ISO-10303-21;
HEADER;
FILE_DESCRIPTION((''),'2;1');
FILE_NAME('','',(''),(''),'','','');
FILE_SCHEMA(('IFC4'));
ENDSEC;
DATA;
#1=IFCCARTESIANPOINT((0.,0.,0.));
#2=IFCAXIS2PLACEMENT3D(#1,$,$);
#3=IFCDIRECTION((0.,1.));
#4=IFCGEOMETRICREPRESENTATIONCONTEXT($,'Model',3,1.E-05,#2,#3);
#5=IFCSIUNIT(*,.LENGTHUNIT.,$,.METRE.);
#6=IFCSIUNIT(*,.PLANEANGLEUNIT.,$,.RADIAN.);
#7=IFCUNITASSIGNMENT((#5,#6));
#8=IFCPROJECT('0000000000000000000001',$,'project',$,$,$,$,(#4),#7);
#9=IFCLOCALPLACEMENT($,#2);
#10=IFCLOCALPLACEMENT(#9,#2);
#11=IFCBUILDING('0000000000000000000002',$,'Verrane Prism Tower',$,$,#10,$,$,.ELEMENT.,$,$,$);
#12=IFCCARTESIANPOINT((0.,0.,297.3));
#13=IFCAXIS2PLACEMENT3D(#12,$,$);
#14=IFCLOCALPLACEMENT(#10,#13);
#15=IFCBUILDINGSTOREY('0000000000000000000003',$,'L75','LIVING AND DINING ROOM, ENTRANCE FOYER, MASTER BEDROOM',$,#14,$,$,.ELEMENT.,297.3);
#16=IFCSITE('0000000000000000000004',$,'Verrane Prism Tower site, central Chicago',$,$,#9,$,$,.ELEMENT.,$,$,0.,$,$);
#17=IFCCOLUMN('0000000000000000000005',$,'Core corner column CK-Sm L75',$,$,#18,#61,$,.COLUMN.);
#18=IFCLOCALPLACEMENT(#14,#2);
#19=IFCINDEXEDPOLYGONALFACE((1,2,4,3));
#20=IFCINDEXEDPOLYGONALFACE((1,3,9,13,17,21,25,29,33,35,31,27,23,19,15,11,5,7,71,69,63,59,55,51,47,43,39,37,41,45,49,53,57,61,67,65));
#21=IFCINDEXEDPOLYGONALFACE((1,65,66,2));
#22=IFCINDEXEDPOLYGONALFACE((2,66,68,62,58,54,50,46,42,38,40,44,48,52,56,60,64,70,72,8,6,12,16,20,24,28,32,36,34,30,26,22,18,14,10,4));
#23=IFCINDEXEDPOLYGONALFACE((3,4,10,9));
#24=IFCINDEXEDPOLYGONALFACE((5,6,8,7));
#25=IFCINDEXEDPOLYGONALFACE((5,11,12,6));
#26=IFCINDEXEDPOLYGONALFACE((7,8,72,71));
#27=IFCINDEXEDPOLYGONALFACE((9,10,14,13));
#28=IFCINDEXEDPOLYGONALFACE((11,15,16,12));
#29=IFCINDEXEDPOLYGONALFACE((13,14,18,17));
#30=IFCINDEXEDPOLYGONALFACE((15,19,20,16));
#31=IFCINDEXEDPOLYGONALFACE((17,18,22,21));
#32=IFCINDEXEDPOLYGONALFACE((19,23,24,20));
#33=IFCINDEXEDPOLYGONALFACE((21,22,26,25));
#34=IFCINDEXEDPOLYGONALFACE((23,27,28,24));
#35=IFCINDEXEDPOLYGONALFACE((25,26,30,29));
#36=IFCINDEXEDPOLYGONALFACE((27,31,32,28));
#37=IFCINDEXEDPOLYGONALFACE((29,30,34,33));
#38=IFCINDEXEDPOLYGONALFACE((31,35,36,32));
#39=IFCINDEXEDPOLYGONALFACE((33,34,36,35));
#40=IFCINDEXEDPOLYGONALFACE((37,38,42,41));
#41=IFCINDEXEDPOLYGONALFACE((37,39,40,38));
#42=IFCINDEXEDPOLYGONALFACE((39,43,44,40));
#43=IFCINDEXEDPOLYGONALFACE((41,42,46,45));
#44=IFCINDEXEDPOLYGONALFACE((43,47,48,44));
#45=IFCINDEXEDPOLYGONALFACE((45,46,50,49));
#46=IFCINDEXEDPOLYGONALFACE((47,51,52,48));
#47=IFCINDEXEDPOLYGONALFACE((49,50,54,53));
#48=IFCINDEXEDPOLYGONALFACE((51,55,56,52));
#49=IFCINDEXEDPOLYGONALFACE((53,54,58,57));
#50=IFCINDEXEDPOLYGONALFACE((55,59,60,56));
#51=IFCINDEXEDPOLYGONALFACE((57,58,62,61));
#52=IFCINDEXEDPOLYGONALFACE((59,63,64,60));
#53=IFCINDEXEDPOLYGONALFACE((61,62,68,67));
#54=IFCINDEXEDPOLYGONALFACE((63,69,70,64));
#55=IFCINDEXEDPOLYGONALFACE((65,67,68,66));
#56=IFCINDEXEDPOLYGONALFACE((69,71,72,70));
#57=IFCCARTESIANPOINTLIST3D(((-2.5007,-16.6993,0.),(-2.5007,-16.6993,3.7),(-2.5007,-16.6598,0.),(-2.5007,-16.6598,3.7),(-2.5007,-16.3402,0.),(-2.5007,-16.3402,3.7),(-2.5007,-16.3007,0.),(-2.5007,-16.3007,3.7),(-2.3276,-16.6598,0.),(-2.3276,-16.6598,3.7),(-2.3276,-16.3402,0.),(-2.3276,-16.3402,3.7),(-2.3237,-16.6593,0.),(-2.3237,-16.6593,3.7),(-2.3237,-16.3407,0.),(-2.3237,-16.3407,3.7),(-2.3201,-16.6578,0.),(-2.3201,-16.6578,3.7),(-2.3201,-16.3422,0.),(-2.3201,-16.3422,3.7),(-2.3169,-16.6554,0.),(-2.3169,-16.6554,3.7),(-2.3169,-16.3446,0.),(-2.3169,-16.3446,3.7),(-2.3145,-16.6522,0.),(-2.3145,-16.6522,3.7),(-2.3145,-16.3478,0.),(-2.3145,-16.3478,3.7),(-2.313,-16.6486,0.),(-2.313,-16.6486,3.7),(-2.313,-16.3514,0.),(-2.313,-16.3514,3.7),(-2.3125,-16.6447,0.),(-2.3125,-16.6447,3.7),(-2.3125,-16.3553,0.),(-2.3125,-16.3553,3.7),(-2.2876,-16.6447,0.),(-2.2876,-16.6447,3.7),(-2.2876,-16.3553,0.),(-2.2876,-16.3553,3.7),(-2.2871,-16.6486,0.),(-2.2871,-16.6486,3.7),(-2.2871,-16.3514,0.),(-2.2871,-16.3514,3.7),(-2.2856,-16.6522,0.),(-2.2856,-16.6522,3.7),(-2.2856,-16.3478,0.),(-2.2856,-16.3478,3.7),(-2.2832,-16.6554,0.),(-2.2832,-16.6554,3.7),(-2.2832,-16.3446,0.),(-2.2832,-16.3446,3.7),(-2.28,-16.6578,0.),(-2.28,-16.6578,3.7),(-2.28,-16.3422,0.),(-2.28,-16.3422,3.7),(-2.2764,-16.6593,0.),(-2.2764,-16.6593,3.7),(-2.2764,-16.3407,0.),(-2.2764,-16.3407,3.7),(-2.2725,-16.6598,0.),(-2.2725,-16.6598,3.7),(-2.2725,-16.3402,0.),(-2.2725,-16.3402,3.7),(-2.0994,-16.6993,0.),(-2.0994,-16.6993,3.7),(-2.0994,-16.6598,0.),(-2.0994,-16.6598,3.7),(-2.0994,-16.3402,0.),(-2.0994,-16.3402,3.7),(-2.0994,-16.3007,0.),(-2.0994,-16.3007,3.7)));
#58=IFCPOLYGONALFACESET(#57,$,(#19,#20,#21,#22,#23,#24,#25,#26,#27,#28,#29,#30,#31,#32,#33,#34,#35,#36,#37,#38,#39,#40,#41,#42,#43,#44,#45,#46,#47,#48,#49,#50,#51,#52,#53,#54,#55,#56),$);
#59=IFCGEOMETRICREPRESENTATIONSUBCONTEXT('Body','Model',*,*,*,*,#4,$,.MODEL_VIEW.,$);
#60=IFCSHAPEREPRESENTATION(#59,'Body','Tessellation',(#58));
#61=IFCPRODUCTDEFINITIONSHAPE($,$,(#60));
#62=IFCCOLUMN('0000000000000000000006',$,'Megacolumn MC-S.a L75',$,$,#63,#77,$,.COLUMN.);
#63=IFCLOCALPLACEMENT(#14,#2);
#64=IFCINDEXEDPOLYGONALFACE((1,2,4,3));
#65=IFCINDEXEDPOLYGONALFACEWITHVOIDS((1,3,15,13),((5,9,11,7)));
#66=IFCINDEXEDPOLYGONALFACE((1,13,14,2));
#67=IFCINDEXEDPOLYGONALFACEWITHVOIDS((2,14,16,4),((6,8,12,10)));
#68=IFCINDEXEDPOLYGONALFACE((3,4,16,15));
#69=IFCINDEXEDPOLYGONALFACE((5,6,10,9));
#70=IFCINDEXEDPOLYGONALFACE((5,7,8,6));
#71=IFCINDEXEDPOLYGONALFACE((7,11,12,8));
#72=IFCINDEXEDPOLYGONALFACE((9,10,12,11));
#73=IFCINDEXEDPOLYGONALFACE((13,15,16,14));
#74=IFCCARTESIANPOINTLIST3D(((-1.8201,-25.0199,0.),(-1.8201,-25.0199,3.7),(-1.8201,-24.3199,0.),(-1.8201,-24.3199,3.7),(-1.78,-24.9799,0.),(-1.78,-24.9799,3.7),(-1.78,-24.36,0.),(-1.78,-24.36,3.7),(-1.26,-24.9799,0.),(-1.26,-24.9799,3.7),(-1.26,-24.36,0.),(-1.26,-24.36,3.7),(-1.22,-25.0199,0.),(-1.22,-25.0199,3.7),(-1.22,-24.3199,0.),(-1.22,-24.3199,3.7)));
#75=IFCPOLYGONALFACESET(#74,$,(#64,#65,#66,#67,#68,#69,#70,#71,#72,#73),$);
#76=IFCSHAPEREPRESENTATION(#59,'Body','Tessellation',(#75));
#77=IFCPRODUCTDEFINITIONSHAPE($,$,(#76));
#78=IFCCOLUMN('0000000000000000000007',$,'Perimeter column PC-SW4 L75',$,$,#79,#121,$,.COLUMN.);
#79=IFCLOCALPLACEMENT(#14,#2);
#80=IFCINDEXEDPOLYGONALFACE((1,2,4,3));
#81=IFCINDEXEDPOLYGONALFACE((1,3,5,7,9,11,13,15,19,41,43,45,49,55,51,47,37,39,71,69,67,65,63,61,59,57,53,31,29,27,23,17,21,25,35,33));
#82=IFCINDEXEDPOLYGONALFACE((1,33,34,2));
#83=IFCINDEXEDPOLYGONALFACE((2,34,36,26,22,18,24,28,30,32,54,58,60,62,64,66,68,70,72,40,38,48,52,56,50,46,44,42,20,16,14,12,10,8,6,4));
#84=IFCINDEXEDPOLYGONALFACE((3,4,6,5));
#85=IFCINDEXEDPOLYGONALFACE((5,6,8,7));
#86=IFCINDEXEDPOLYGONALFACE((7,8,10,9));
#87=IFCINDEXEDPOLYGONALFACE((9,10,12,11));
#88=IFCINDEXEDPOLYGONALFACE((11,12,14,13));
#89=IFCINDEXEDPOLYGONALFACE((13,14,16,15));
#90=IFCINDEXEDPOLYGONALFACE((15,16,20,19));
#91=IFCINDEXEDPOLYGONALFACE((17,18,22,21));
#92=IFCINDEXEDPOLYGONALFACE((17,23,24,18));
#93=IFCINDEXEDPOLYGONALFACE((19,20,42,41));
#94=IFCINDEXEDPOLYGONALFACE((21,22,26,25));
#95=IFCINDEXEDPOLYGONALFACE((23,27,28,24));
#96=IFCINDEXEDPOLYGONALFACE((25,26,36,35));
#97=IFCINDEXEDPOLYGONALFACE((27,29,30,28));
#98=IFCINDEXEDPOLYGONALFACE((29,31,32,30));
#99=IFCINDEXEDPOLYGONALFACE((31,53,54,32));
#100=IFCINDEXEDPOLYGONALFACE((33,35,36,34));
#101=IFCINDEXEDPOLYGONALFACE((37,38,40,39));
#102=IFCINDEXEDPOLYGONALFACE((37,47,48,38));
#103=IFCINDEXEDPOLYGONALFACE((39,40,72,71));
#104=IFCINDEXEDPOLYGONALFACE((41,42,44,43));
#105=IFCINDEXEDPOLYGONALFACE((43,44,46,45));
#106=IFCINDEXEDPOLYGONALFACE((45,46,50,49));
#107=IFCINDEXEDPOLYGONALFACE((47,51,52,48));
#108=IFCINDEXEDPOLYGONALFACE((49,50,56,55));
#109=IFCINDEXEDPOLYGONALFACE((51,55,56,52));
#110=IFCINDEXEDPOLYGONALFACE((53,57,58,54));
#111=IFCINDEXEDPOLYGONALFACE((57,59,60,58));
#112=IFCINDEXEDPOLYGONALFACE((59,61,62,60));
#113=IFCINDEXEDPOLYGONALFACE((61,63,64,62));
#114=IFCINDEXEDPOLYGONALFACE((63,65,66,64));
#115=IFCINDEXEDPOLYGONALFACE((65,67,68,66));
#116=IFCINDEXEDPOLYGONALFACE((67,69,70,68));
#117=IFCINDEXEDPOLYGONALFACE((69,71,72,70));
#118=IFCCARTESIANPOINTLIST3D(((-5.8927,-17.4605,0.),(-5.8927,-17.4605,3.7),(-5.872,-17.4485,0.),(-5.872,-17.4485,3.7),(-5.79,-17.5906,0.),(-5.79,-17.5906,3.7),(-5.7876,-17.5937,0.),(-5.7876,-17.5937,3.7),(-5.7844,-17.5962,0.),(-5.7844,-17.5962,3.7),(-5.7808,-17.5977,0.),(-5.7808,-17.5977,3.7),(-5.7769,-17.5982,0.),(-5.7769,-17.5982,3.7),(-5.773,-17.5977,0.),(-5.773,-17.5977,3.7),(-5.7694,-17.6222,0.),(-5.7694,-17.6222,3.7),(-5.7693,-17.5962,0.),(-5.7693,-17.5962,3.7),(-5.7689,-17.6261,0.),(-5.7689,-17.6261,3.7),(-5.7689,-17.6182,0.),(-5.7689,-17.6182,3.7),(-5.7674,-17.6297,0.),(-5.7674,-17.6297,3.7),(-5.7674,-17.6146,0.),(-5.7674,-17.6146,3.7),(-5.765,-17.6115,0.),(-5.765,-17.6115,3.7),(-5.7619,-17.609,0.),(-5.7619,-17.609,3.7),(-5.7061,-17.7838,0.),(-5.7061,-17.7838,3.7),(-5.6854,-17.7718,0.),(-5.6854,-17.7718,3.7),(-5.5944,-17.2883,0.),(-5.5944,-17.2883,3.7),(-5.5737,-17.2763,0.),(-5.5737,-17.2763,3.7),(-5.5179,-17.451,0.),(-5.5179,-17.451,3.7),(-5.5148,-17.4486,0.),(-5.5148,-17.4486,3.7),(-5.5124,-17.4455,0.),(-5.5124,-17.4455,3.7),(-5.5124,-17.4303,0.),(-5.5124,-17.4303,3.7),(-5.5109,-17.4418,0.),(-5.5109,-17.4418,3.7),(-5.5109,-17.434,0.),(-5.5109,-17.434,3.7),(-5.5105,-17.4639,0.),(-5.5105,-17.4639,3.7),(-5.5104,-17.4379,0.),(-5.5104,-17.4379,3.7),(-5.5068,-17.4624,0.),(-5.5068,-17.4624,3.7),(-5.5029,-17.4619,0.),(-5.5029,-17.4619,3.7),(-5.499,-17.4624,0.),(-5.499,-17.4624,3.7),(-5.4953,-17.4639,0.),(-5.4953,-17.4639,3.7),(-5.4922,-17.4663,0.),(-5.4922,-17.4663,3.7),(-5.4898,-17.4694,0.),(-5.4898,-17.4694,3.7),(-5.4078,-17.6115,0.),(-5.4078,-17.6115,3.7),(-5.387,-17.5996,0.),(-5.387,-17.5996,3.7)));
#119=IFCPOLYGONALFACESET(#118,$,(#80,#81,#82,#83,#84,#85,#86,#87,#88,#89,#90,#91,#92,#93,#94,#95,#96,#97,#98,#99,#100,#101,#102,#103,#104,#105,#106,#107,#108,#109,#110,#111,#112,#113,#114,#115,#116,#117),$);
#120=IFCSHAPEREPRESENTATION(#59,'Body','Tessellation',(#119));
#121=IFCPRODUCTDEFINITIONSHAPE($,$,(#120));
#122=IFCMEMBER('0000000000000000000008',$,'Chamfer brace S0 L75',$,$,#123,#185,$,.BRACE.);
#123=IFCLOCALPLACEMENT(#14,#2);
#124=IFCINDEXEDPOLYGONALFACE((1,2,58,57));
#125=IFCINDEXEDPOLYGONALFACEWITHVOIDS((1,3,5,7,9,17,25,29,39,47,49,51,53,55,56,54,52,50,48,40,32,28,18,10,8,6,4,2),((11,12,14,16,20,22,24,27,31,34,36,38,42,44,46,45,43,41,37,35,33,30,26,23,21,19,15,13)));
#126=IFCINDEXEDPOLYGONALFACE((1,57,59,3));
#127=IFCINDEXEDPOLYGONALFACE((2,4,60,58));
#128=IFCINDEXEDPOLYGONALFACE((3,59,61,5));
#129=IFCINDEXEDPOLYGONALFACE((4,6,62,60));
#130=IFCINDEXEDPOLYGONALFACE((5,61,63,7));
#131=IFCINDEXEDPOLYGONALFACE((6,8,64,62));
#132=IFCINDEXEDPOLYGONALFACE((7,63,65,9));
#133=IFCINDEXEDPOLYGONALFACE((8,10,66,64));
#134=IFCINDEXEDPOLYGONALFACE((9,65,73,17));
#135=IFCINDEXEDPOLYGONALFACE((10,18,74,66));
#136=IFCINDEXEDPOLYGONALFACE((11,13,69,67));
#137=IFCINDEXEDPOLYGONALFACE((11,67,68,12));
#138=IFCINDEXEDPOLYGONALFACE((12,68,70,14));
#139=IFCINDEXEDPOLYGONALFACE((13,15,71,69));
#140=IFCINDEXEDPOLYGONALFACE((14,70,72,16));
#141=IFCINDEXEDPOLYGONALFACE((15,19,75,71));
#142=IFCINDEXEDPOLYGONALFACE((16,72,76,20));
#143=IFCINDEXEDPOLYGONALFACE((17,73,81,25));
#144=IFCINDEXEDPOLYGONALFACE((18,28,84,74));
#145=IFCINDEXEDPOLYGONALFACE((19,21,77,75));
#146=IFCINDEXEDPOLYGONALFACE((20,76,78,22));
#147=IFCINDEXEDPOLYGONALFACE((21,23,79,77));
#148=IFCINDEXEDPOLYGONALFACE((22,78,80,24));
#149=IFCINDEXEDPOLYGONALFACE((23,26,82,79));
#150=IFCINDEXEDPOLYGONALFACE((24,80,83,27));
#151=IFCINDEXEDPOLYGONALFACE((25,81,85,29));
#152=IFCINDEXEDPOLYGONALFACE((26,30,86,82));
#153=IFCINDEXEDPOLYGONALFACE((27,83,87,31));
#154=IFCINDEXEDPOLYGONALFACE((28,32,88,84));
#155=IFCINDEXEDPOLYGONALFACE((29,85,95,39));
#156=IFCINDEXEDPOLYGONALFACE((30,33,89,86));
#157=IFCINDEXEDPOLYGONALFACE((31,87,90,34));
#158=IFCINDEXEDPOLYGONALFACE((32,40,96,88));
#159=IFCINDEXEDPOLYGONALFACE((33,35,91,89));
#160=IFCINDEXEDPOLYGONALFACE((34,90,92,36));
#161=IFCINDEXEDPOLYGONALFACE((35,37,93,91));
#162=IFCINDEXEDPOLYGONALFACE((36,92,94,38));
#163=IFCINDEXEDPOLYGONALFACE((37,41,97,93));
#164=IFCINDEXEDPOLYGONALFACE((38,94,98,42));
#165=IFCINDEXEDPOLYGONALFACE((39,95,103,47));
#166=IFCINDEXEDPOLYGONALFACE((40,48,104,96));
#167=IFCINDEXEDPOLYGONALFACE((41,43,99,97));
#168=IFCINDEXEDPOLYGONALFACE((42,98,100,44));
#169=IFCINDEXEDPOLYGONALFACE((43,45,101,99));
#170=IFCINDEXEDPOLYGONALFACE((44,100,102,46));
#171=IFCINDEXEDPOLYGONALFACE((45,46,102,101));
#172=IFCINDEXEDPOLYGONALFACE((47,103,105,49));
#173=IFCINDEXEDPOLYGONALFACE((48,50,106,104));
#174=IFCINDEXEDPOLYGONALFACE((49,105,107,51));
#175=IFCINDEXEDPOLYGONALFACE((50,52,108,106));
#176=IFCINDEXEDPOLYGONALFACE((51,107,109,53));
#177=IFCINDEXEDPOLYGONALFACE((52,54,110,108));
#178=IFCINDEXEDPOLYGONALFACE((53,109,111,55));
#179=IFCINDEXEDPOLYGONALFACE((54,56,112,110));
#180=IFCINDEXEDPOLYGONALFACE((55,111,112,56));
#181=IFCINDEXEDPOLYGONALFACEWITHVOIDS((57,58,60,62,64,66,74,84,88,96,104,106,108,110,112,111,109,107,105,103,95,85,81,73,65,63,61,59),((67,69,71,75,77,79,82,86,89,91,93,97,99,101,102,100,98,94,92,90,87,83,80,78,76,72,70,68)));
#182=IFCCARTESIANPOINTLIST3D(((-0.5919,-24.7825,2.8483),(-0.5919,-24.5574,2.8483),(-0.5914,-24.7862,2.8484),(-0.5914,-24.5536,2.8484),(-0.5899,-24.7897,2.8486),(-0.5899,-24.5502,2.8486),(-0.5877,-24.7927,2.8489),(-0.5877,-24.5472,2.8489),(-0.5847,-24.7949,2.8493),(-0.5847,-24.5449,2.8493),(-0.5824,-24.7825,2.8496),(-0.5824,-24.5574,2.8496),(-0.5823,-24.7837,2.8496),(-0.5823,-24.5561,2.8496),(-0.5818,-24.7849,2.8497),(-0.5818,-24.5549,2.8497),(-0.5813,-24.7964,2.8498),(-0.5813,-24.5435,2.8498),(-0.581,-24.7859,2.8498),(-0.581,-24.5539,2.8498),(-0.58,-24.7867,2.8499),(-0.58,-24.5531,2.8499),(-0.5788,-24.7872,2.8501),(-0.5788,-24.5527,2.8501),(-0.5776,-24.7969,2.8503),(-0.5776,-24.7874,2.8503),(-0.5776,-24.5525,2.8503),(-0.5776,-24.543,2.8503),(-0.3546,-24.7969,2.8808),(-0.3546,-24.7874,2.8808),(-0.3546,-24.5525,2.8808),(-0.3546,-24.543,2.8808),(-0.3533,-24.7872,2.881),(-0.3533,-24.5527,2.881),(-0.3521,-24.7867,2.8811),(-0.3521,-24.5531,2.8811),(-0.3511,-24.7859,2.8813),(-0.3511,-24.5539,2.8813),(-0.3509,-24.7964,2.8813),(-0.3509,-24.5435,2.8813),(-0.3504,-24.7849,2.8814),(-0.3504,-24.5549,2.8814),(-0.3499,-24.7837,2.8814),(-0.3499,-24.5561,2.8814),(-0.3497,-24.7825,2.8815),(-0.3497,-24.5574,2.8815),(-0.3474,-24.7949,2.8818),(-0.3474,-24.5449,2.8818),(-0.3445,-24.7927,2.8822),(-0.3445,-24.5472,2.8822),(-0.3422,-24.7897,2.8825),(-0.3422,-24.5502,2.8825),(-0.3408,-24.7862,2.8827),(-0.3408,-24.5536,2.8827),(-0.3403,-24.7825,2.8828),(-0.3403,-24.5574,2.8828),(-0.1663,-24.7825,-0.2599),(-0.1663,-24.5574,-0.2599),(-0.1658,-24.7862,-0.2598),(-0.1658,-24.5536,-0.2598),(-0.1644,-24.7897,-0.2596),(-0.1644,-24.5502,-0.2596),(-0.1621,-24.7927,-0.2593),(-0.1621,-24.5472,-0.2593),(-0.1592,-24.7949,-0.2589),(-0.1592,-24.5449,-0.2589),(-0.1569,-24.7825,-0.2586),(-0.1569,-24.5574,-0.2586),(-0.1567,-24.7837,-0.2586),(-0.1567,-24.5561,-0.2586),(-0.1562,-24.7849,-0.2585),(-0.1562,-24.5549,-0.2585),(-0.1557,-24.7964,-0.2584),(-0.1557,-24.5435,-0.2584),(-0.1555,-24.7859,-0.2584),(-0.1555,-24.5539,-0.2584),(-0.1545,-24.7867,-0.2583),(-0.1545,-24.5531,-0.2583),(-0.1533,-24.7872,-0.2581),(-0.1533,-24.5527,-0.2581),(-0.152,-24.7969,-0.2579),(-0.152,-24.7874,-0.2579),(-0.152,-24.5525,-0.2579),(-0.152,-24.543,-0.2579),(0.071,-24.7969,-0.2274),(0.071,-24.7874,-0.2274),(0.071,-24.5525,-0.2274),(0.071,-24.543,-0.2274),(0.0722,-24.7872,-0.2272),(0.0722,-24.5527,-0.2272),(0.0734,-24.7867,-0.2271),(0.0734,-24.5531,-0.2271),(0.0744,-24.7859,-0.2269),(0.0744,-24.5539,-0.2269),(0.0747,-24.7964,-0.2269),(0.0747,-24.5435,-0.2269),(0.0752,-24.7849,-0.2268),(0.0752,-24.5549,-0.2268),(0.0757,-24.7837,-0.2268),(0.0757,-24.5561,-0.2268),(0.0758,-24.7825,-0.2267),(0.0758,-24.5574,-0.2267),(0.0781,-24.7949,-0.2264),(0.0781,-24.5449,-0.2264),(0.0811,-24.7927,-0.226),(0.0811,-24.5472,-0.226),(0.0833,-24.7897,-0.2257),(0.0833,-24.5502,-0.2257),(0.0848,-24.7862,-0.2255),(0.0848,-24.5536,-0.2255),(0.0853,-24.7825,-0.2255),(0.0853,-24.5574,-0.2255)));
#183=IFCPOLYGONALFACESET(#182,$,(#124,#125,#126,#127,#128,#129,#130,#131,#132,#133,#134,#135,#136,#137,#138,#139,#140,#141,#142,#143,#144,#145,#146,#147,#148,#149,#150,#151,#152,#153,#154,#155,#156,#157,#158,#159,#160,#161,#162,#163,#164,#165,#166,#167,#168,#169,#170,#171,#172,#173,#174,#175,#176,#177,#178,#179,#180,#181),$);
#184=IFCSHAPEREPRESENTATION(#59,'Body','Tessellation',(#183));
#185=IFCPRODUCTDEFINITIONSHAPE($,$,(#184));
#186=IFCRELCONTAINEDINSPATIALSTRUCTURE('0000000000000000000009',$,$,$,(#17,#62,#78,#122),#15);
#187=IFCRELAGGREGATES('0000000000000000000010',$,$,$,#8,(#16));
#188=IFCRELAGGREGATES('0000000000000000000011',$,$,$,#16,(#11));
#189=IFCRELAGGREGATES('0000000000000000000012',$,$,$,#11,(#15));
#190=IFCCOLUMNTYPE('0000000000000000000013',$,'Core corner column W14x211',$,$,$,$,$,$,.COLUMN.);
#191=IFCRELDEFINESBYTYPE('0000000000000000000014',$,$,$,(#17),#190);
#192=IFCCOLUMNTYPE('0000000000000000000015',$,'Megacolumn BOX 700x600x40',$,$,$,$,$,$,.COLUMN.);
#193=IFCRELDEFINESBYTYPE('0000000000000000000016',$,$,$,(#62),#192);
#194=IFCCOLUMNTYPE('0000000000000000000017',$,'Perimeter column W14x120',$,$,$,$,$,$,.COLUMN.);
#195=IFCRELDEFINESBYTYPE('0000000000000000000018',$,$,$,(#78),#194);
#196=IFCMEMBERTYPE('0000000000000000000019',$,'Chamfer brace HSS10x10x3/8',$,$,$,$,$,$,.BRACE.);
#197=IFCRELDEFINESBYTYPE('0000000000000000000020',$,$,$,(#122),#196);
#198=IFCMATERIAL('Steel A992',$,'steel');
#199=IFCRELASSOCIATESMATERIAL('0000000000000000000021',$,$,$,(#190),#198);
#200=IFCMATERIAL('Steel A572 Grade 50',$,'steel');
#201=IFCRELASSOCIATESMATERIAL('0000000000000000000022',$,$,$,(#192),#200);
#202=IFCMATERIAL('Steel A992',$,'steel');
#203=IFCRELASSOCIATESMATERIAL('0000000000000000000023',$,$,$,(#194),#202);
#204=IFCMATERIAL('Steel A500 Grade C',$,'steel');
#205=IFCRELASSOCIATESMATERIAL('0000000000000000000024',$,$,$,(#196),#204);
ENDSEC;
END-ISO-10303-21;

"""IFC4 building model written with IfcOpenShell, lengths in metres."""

from ifc_helpers import new_model, si_unit, direction, frame, origin, origin_2d, place, context, subcontext, project, spatial, hollow_rectangle, i_section, extrude, material, material_profile, profile_set, type_object, element, save


model = new_model("IFC4")

# Units and contexts
model_context = context("Model", 3, precision=1e-05, world=origin(), true_north=direction((0.0, 1.0)))
body_context = subcontext(model_context, "Body", "Model", "MODEL_VIEW")
ifc_project = project(units=[si_unit("LENGTHUNIT", "METRE"), si_unit("PLANEANGLEUNIT", "RADIAN")], contexts=[model_context])

# Site, building, storey
site_placement = place(None, origin())
site = spatial("IfcSite", under=ifc_project, at=site_placement, Name="Verrane Prism Tower site, central Chicago", CompositionType="ELEMENT", RefElevation=0.0)
building_placement = place(site_placement, origin())
building = spatial("IfcBuilding", under=site, at=building_placement, Name="Verrane Prism Tower", CompositionType="ELEMENT")
storey_placement = place(building_placement, frame((0.0, 0.0, 297.3)))
storey = spatial("IfcBuildingStorey", under=building, at=storey_placement, Name="L75", Description="LIVING AND DINING ROOM, ENTRANCE FOYER, MASTER BEDROOM", CompositionType="ELEMENT", Elevation=297.3)

# Columns
ifc_material_1 = material(Name="Steel A992", Category="steel")
ifc_material_profile_1 = material_profile(ifc_material_1, i_section(OverallWidth=0.4014, OverallDepth=0.3987, WebThickness=0.0249, FlangeThickness=0.0396, FilletRadius=0.0151, at=origin_2d()), Name="W14x211")
ifc_profile_set_1 = profile_set([ifc_material_profile_1], Name="Steel A992")
column_type_1 = type_object("IfcColumnType", Name="Core corner column W14x211", PredefinedType="COLUMN", material=ifc_profile_set_1)
column_1_placement = place(storey_placement, frame((-2.3, -16.5, 0.0), z_axis=(0.0, 0.0, 1.0), x_axis=(-1.0, 0.0, 0.0)))
element("IfcColumn", 1, at=column_1_placement, inside=storey, type_object=column_type_1, Name="Core corner column CK-Sm L75", PredefinedType="COLUMN", context=body_context, shape_type="SweptSolid", body=[
    extrude(i_section(OverallWidth=0.4014, OverallDepth=0.3987, WebThickness=0.0249, FlangeThickness=0.0396, FilletRadius=0.0151, at=origin_2d()), origin(), (0.0, 0.0, 1.0), 3.7),
])
ifc_material_2 = material(Name="Steel A572 Grade 50", Category="steel")
ifc_material_profile_2 = material_profile(ifc_material_2, hollow_rectangle(XDim=0.6001, YDim=0.7, WallThickness=0.04, at=origin_2d()), Name="BOX 700x600x40")
ifc_profile_set_2 = profile_set([ifc_material_profile_2], Name="Steel A572 Grade 50")
column_type_2 = type_object("IfcColumnType", Name="Megacolumn BOX 700x600x40", PredefinedType="COLUMN", material=ifc_profile_set_2)
column_2_placement = place(storey_placement, frame((-1.52, -24.6699, 0.0), z_axis=(0.0, 0.0, 1.0), x_axis=(-1.0, 0.0, 0.0)))
element("IfcColumn", 2, at=column_2_placement, inside=storey, type_object=column_type_2, Name="Megacolumn MC-S.a L75", PredefinedType="COLUMN", context=body_context, shape_type="SweptSolid", body=[
    extrude(hollow_rectangle(XDim=0.6001, YDim=0.7, WallThickness=0.04, at=origin_2d()), origin(), (0.0, 0.0, 1.0), 3.7),
])
ifc_material_3 = material(Name="Steel A992", Category="steel")
ifc_material_profile_3 = material_profile(ifc_material_3, i_section(OverallWidth=0.3733, OverallDepth=0.3684, WebThickness=0.0149, FlangeThickness=0.0239, FilletRadius=0.0151, at=origin_2d()), Name="W14x120")
ifc_profile_set_3 = profile_set([ifc_material_profile_3], Name="Steel A992")
column_type_3 = type_object("IfcColumnType", Name="Perimeter column W14x120", PredefinedType="COLUMN", material=ifc_profile_set_3)
column_3_placement = place(storey_placement, frame((-5.6399, -17.53, 0.0), z_axis=(0.0, 0.0, 1.0), x_axis=(-0.5, 0.866025, 0.0)))
element("IfcColumn", 3, at=column_3_placement, inside=storey, type_object=column_type_3, Name="Perimeter column PC-SW4 L75", PredefinedType="COLUMN", context=body_context, shape_type="SweptSolid", body=[
    extrude(i_section(OverallWidth=0.3733, OverallDepth=0.3684, WebThickness=0.0149, FlangeThickness=0.0239, FilletRadius=0.0151, at=origin_2d()), origin(), (0.0, 0.0, 1.0), 3.7),
])

# Member
ifc_material_4 = material(Name="Steel A500 Grade C", Category="steel")
ifc_material_profile_4 = material_profile(ifc_material_4, hollow_rectangle(XDim=0.2539, YDim=0.2539, WallThickness=0.0095, InnerFilletRadius=0.0049, OuterFilletRadius=0.0144, at=origin_2d()), Name="HSS10x10x3/8")
ifc_profile_set_4 = profile_set([ifc_material_profile_4], Name="Steel A500 Grade C")
member_type_1 = type_object("IfcMemberType", Name="Chamfer brace HSS10x10x3/8", PredefinedType="BRACE", material=ifc_profile_set_4)
member_1_placement = place(storey_placement, frame((-0.0405, -24.6699, -0.2427), z_axis=(-0.135645, 0.0, 0.990758), x_axis=(0.0, -1.0, 0.0)))
element("IfcMember", 4, at=member_1_placement, inside=storey, type_object=member_type_1, Name="Chamfer brace S0 L75", PredefinedType="BRACE", context=body_context, shape_type="SweptSolid", body=[
    extrude(hollow_rectangle(XDim=0.2539, YDim=0.2539, WallThickness=0.0095, InnerFilletRadius=0.0049, OuterFilletRadius=0.0144, at=origin_2d()), origin(), (0.0, 0.0, 1.0), 3.1372),
])

save(model, "model.ifc")
